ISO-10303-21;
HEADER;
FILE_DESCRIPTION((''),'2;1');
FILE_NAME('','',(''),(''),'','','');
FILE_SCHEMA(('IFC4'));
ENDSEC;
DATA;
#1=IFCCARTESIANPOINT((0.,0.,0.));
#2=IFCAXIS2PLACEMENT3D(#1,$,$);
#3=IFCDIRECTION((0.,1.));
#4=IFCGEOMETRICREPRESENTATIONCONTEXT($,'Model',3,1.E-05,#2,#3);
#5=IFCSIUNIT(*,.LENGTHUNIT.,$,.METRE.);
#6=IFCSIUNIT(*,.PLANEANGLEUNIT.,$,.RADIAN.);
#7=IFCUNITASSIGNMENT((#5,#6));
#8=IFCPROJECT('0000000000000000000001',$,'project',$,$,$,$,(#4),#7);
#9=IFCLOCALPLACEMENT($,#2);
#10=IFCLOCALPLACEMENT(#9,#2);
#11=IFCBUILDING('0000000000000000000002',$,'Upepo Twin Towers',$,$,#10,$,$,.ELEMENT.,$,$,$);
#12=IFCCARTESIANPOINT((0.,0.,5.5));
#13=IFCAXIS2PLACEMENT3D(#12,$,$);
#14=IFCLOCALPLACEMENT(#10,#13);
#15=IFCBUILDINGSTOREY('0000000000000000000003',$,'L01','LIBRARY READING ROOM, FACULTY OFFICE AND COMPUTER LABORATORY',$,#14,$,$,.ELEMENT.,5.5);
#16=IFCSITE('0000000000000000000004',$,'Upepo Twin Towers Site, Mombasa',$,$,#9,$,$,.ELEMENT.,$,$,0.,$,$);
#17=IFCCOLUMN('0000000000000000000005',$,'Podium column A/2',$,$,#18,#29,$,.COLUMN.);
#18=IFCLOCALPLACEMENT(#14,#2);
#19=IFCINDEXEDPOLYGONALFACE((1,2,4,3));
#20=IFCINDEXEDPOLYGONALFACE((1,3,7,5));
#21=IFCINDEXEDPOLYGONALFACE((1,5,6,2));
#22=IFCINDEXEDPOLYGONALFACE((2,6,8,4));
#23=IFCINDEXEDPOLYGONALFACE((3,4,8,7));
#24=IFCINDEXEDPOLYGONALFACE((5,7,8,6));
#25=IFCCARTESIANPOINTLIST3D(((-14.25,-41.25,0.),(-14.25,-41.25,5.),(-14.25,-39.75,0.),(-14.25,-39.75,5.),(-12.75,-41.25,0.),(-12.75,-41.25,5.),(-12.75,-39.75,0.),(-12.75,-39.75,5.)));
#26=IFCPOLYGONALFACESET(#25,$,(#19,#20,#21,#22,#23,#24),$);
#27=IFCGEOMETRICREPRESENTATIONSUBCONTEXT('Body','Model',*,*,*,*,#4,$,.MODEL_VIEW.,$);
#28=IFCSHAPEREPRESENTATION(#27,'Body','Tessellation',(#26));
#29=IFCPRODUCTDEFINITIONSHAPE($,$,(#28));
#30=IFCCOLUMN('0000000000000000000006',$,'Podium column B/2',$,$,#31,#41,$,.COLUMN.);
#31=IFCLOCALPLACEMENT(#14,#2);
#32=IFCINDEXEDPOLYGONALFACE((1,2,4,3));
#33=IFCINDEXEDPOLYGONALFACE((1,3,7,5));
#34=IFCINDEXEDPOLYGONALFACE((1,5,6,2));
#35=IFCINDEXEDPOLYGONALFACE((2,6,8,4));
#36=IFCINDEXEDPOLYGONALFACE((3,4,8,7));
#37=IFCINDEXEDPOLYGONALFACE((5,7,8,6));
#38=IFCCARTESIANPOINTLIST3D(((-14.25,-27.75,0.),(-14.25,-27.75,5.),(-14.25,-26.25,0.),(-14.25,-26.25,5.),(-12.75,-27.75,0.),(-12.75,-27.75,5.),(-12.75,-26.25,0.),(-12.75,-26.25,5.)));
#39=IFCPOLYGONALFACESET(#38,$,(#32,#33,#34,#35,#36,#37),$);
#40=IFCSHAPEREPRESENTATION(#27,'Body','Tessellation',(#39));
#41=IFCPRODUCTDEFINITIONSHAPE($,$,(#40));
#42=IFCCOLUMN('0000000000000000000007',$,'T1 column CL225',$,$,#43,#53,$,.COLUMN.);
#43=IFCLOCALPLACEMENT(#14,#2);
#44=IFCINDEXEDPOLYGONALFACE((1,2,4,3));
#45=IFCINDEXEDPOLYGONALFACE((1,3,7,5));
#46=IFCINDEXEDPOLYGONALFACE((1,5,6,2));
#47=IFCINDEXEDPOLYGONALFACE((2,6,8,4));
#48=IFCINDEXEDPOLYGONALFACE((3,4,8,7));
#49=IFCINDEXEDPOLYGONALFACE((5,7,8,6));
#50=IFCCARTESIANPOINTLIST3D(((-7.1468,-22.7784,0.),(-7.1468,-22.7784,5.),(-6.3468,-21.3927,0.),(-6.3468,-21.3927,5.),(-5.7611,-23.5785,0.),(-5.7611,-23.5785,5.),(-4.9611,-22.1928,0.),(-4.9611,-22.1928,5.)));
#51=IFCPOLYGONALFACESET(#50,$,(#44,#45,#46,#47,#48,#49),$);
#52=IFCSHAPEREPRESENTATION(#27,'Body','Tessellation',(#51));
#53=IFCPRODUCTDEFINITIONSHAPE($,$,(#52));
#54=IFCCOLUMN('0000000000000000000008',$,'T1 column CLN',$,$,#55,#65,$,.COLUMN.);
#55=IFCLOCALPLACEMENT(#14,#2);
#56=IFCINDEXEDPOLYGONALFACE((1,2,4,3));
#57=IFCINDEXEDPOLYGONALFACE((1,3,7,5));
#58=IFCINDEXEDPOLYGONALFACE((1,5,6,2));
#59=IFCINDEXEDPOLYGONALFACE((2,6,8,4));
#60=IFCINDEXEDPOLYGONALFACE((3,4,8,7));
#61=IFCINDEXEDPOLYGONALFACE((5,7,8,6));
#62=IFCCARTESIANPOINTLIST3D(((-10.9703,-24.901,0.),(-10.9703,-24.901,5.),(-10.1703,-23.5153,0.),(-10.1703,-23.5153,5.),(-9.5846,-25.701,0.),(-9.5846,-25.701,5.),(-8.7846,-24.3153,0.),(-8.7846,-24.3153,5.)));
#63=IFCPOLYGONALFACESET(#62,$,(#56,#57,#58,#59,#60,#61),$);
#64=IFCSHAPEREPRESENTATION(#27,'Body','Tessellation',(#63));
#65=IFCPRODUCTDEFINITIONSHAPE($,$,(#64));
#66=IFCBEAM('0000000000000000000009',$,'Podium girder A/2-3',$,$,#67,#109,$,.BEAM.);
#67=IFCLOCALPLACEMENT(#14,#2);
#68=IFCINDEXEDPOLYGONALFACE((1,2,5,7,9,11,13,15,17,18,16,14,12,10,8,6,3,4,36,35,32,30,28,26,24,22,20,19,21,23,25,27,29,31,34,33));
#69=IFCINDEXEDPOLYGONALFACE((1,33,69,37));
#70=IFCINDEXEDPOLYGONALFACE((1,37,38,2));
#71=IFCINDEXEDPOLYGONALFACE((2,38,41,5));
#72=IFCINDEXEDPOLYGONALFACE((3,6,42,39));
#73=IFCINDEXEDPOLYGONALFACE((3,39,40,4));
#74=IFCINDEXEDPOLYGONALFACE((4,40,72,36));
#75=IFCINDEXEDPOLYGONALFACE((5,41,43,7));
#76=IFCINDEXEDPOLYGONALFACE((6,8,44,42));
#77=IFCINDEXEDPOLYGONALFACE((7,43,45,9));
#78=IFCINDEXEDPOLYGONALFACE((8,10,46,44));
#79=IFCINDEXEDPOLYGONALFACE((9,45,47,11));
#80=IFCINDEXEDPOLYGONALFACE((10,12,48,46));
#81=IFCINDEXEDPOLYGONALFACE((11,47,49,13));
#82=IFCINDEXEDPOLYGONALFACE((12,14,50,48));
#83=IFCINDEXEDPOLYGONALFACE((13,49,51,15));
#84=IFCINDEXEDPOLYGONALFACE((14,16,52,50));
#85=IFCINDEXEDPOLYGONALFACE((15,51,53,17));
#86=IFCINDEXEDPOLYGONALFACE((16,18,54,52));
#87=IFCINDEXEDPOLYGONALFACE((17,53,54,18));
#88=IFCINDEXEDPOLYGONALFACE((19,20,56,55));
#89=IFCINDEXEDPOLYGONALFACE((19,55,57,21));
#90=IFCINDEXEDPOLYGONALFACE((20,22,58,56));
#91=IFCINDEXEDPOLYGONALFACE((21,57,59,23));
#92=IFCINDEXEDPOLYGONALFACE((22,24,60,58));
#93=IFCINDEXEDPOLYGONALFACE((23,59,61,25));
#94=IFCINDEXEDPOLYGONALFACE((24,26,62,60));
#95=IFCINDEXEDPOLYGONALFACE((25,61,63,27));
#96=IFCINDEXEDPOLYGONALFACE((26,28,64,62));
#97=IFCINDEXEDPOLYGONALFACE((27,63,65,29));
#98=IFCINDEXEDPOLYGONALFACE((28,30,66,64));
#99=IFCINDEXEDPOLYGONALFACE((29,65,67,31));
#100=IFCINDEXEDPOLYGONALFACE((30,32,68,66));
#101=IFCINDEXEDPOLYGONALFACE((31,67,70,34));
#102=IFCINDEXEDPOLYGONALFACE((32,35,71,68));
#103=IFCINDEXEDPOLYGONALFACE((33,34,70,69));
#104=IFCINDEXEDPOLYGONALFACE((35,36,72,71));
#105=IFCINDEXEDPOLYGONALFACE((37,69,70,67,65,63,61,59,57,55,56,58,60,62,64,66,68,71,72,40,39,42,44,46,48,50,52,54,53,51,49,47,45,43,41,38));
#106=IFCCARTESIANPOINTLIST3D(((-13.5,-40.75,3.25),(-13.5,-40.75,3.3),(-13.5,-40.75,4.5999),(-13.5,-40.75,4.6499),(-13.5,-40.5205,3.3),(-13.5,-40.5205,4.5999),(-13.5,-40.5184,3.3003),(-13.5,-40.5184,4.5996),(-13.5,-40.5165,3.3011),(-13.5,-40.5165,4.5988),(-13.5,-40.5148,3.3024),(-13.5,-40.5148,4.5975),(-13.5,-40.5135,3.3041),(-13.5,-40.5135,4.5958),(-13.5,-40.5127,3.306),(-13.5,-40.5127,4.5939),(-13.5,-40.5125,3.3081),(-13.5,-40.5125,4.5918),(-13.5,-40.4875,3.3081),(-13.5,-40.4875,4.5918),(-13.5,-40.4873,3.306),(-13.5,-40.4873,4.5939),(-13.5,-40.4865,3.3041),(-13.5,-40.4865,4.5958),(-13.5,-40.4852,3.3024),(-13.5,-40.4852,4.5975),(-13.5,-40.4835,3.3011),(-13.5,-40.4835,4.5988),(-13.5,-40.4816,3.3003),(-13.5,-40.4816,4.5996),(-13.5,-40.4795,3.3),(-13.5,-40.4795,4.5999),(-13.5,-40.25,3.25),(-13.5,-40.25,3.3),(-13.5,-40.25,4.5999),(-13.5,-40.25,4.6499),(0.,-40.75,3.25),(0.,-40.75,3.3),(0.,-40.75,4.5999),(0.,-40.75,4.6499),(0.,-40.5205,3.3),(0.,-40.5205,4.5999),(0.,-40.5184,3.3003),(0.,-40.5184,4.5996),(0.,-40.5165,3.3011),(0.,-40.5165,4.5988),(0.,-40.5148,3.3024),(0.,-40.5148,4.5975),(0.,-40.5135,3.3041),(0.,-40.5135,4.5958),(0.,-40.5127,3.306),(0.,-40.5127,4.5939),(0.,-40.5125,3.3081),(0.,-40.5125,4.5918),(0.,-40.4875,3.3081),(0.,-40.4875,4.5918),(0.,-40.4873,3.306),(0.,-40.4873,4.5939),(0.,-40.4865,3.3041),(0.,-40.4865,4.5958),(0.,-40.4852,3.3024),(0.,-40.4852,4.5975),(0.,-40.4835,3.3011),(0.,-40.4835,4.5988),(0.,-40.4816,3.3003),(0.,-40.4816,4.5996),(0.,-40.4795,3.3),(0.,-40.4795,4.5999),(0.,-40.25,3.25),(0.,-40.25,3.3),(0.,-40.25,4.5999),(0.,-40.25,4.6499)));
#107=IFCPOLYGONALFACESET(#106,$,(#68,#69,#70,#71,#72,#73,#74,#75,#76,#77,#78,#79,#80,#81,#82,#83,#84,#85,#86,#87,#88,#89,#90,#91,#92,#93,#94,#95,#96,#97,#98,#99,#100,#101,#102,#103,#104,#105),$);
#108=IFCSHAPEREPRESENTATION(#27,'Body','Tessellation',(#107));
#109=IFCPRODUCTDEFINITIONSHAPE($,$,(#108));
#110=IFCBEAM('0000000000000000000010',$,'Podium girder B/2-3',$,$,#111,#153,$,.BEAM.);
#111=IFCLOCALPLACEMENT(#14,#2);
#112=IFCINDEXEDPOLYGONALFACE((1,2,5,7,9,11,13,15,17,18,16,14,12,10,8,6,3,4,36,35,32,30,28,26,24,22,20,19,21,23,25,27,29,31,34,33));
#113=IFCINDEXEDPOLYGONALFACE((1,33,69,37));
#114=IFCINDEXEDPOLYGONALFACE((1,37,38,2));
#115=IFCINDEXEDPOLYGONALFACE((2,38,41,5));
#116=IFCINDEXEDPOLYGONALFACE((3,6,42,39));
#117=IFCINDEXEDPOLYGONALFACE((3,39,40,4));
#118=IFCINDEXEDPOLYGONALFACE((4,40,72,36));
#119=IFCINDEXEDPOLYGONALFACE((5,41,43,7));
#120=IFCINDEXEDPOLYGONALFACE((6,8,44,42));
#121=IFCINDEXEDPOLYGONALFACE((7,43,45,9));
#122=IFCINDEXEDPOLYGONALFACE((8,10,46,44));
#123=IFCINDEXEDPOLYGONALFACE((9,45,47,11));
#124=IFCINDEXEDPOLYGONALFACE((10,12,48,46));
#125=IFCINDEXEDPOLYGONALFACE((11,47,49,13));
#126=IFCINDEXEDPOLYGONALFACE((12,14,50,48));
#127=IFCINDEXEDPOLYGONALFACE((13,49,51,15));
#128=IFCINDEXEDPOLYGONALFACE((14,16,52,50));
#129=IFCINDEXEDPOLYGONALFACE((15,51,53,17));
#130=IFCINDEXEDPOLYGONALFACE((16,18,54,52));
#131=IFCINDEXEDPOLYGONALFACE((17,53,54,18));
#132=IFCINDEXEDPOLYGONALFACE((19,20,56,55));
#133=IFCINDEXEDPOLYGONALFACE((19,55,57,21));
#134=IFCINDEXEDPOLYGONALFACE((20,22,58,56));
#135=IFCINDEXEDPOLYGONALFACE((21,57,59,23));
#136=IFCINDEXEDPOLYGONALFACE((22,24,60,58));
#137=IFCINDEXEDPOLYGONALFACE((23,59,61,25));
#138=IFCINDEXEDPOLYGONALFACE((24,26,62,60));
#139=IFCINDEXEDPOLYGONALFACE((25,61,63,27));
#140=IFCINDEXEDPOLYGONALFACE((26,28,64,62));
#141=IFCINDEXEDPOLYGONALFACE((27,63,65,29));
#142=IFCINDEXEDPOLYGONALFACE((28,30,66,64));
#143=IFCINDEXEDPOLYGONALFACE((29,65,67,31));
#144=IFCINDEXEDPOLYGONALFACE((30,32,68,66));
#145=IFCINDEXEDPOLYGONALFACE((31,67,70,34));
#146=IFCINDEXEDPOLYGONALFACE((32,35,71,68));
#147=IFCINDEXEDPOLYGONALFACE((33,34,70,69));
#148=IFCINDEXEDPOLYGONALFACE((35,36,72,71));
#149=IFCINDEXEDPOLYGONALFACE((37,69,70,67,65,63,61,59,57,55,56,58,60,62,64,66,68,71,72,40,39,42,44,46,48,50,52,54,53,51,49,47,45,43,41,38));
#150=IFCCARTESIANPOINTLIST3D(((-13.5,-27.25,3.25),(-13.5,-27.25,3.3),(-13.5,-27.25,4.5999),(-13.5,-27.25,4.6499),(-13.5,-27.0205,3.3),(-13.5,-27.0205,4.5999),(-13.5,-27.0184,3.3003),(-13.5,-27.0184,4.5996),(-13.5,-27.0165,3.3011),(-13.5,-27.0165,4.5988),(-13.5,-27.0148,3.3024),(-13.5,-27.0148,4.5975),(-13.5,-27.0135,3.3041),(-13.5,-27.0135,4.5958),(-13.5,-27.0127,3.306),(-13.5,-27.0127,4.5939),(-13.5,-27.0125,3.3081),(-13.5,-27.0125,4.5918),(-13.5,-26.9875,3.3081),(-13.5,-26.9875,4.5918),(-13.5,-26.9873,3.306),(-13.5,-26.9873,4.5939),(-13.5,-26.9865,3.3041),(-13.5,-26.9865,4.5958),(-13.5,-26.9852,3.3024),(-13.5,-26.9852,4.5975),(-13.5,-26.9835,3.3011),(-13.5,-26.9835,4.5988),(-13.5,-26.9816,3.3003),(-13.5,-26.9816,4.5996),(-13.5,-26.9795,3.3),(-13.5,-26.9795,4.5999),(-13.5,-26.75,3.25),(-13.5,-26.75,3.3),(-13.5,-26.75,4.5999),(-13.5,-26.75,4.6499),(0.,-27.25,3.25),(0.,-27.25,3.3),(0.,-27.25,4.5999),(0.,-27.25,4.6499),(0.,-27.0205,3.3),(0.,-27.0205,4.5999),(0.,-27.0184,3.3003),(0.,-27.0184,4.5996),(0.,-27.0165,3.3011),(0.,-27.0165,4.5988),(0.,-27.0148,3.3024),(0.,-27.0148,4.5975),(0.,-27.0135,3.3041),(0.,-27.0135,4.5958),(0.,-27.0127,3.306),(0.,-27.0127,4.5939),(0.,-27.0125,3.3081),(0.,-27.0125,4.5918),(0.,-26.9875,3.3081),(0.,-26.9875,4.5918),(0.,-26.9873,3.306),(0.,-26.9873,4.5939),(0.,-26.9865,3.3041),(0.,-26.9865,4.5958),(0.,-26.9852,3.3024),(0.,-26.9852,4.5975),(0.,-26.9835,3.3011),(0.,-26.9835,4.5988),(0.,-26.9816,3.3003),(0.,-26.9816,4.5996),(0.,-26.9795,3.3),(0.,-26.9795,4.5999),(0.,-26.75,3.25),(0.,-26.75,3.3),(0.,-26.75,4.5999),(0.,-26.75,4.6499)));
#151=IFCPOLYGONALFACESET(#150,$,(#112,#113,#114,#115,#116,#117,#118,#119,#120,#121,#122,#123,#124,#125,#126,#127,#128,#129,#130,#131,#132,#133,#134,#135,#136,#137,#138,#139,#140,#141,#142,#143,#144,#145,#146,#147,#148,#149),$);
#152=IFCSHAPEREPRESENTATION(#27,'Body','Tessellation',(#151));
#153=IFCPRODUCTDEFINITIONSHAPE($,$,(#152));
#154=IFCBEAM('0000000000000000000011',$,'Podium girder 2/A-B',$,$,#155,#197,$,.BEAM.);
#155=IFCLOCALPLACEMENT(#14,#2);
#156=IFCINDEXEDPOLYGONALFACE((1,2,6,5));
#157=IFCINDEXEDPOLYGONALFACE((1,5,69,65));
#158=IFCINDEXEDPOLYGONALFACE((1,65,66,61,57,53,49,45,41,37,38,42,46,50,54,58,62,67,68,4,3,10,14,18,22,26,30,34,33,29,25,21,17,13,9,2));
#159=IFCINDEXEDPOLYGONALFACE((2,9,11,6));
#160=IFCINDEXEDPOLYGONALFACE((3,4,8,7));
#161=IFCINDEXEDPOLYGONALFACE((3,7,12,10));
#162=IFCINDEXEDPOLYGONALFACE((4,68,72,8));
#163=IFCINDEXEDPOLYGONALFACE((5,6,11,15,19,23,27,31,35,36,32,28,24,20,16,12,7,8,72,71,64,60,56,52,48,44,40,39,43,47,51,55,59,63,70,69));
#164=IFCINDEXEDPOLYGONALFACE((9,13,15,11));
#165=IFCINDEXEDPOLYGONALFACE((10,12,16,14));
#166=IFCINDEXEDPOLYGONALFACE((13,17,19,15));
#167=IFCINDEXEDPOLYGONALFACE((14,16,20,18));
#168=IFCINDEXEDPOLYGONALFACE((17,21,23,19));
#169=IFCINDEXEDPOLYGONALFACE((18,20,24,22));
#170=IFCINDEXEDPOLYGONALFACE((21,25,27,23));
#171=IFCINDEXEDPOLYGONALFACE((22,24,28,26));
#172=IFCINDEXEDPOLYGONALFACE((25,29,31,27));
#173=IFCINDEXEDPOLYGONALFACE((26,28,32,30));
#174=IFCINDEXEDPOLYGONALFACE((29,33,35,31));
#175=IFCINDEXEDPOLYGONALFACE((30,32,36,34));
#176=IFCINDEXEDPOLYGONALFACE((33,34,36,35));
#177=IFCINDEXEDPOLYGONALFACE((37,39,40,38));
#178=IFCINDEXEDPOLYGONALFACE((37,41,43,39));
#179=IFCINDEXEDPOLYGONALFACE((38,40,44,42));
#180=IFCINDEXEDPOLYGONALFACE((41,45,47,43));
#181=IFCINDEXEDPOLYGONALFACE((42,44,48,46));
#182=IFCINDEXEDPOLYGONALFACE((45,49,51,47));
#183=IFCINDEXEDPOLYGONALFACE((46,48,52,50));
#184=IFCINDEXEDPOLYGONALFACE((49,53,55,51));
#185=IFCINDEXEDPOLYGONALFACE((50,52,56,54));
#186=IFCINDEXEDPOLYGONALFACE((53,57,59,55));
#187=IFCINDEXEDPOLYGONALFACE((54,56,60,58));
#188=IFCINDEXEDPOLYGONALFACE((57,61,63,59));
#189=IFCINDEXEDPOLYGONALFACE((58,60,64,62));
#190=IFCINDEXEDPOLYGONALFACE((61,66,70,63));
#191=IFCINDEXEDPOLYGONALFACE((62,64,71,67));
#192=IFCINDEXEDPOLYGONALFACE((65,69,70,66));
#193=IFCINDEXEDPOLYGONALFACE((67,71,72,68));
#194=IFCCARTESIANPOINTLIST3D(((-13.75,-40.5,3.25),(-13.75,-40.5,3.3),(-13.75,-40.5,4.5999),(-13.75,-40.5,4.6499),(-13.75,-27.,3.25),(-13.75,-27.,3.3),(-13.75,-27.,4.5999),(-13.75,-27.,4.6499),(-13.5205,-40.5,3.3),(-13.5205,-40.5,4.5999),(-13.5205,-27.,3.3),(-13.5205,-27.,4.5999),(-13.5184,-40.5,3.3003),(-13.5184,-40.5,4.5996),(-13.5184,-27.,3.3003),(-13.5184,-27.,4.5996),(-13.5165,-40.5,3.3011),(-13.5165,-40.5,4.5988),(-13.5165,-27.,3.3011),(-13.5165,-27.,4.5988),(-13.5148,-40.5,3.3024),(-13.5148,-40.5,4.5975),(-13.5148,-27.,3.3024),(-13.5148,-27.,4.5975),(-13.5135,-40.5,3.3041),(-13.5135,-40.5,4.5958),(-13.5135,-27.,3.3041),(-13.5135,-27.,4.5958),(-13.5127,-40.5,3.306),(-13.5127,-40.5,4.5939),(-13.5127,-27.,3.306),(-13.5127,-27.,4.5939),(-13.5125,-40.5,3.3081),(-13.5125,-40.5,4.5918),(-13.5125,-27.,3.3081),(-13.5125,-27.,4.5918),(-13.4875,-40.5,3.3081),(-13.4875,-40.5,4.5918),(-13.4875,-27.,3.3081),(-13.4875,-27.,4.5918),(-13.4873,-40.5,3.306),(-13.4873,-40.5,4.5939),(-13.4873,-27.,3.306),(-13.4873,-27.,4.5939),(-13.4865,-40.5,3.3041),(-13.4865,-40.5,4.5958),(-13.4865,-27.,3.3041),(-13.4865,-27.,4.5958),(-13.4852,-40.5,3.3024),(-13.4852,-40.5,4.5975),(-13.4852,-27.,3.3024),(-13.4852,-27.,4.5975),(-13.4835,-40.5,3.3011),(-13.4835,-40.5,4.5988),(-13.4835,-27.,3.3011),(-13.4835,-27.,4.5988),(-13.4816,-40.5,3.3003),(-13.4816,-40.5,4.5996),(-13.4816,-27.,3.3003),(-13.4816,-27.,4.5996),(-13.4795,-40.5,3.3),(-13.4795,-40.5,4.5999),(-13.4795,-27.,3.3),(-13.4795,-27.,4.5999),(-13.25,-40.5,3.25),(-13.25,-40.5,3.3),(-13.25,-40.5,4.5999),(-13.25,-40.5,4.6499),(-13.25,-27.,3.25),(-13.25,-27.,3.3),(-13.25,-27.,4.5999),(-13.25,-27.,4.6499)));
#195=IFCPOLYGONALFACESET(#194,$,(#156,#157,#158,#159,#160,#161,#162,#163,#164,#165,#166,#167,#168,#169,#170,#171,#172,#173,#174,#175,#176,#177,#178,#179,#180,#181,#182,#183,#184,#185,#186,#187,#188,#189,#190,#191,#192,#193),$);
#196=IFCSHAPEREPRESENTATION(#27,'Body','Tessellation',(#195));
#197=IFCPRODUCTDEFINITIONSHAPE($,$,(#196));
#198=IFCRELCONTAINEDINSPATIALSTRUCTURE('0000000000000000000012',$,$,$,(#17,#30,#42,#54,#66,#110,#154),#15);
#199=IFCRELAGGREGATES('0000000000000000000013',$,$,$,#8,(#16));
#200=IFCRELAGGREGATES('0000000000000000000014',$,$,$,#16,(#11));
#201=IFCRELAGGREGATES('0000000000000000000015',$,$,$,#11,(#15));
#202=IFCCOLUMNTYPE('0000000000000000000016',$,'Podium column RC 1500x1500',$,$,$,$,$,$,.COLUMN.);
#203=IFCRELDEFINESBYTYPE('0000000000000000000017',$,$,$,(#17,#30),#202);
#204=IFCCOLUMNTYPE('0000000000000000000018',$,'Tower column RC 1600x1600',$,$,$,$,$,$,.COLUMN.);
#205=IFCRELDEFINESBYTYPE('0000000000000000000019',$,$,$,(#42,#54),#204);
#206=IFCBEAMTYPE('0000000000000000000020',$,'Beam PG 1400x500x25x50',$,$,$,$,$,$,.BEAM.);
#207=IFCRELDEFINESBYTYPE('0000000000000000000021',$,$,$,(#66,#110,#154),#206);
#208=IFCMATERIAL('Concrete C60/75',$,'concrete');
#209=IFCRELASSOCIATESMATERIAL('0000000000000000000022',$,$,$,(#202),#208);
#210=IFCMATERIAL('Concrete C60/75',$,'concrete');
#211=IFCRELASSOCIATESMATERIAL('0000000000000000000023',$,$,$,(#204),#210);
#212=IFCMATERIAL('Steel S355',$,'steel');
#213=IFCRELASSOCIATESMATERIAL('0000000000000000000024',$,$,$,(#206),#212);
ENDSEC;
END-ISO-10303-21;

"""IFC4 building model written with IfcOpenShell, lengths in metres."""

from ifc_helpers import new_model, si_unit, direction, frame, origin, origin_2d, place, context, subcontext, project, spatial, rectangle, i_section, extrude, material, material_profile, profile_set, type_object, element, save


model = new_model("IFC4")

# Units and contexts
model_context = context("Model", 3, precision=1e-05, world=origin(), true_north=direction((0.0, 1.0)))
body_context = subcontext(model_context, "Body", "Model", "MODEL_VIEW")
ifc_project = project(units=[si_unit("LENGTHUNIT", "METRE"), si_unit("PLANEANGLEUNIT", "RADIAN")], contexts=[model_context])

# Site, building, storey
site_placement = place(None, origin())
site = spatial("IfcSite", under=ifc_project, at=site_placement, Name="Upepo Twin Towers Site, Mombasa", CompositionType="ELEMENT", RefElevation=0.0)
building_placement = place(site_placement, origin())
building = spatial("IfcBuilding", under=site, at=building_placement, Name="Upepo Twin Towers", CompositionType="ELEMENT")
storey_placement = place(building_placement, frame((0.0, 0.0, 5.5)))
storey = spatial("IfcBuildingStorey", under=building, at=storey_placement, Name="L01", Description="LIBRARY READING ROOM, FACULTY OFFICE AND COMPUTER LABORATORY", CompositionType="ELEMENT", Elevation=5.5)

# Columns
ifc_material_1 = material(Name="Concrete C60/75", Category="concrete")
ifc_material_profile_1 = material_profile(ifc_material_1, rectangle(XDim=1.5, YDim=1.5, at=origin_2d()), Name="RC 1500x1500")
ifc_profile_set_1 = profile_set([ifc_material_profile_1], Name="Concrete C60/75")
column_type_1 = type_object("IfcColumnType", Name="Podium column RC 1500x1500", PredefinedType="COLUMN", material=ifc_profile_set_1)
for number, where, z_axis, x_axis, name in (
    (1, (-13.5, -40.5, 0.0), (0.0, 0.0, 1.0), (1.0, 0.0, 0.0), "Podium column A/2"),
    (2, (-13.5, -27.0, 0.0), (0.0, 0.0, 1.0), (1.0, 0.0, 0.0), "Podium column B/2"),
):
    element("IfcColumn", number, at=place(storey_placement, frame(where, z_axis=z_axis, x_axis=x_axis)), inside=storey, type_object=column_type_1, Name=name, PredefinedType="COLUMN", context=body_context, shape_type="SweptSolid", body=[
        extrude(rectangle(XDim=1.5, YDim=1.5, at=origin_2d()), origin(), (0.0, 0.0, 1.0), 5.0),
    ])
ifc_material_2 = material(Name="Concrete C60/75", Category="concrete")
ifc_material_profile_2 = material_profile(ifc_material_2, rectangle(XDim=1.6001, YDim=1.6001, at=origin_2d()), Name="RC 1600x1600")
ifc_profile_set_2 = profile_set([ifc_material_profile_2], Name="Concrete C60/75")
column_type_2 = type_object("IfcColumnType", Name="Tower column RC 1600x1600", PredefinedType="COLUMN", material=ifc_profile_set_2)
for number, where, z_axis, x_axis, name in (
    (3, (-6.054, -22.4856, 0.0), (0.0, 0.0, 1.0), (0.5, 0.866025, 0.0), "T1 column CL225"),
    (4, (-9.8774, -24.6082, 0.0), (0.0, 0.0, 1.0), (0.5, 0.866025, 0.0), "T1 column CLN"),
):
    element("IfcColumn", number, at=place(storey_placement, frame(where, z_axis=z_axis, x_axis=x_axis)), inside=storey, type_object=column_type_2, Name=name, PredefinedType="COLUMN", context=body_context, shape_type="SweptSolid", body=[
        extrude(rectangle(XDim=1.6001, YDim=1.6001, at=origin_2d()), origin(), (0.0, 0.0, 1.0), 5.0),
    ])

# Beams
ifc_material_3 = material(Name="Steel S355", Category="steel")
ifc_material_profile_3 = material_profile(ifc_material_3, i_section(OverallWidth=0.5, OverallDepth=1.3999, WebThickness=0.0249, FlangeThickness=0.05, FilletRadius=0.0081, at=origin_2d()), Name="PG 1400x500x25x50")
ifc_profile_set_3 = profile_set([ifc_material_profile_3], Name="Steel S355")
beam_type_1 = type_object("IfcBeamType", Name="Beam PG 1400x500x25x50", PredefinedType="BEAM", material=ifc_profile_set_3)
for number, where, z_axis, x_axis, name in (
    (5, (-13.5, -40.5, 3.95), (1.0, 0.0, 0.0), (0.0, 1.0, 0.0), "Podium girder A/2-3"),
    (6, (-13.5, -27.0, 3.95), (1.0, 0.0, 0.0), (0.0, 1.0, 0.0), "Podium girder B/2-3"),
    (7, (-13.5, -40.5, 3.95), (0.0, 1.0, 0.0), (-1.0, 0.0, 0.0), "Podium girder 2/A-B"),
):
    element("IfcBeam", number, at=place(storey_placement, frame(where, z_axis=z_axis, x_axis=x_axis)), inside=storey, type_object=beam_type_1, Name=name, PredefinedType="BEAM", context=body_context, shape_type="SweptSolid", body=[
        extrude(i_section(OverallWidth=0.5, OverallDepth=1.3999, WebThickness=0.0249, FlangeThickness=0.05, FilletRadius=0.0081, at=origin_2d()), origin(), (0.0, 0.0, 1.0), 13.5),
    ])

save(model, "model.ifc")
